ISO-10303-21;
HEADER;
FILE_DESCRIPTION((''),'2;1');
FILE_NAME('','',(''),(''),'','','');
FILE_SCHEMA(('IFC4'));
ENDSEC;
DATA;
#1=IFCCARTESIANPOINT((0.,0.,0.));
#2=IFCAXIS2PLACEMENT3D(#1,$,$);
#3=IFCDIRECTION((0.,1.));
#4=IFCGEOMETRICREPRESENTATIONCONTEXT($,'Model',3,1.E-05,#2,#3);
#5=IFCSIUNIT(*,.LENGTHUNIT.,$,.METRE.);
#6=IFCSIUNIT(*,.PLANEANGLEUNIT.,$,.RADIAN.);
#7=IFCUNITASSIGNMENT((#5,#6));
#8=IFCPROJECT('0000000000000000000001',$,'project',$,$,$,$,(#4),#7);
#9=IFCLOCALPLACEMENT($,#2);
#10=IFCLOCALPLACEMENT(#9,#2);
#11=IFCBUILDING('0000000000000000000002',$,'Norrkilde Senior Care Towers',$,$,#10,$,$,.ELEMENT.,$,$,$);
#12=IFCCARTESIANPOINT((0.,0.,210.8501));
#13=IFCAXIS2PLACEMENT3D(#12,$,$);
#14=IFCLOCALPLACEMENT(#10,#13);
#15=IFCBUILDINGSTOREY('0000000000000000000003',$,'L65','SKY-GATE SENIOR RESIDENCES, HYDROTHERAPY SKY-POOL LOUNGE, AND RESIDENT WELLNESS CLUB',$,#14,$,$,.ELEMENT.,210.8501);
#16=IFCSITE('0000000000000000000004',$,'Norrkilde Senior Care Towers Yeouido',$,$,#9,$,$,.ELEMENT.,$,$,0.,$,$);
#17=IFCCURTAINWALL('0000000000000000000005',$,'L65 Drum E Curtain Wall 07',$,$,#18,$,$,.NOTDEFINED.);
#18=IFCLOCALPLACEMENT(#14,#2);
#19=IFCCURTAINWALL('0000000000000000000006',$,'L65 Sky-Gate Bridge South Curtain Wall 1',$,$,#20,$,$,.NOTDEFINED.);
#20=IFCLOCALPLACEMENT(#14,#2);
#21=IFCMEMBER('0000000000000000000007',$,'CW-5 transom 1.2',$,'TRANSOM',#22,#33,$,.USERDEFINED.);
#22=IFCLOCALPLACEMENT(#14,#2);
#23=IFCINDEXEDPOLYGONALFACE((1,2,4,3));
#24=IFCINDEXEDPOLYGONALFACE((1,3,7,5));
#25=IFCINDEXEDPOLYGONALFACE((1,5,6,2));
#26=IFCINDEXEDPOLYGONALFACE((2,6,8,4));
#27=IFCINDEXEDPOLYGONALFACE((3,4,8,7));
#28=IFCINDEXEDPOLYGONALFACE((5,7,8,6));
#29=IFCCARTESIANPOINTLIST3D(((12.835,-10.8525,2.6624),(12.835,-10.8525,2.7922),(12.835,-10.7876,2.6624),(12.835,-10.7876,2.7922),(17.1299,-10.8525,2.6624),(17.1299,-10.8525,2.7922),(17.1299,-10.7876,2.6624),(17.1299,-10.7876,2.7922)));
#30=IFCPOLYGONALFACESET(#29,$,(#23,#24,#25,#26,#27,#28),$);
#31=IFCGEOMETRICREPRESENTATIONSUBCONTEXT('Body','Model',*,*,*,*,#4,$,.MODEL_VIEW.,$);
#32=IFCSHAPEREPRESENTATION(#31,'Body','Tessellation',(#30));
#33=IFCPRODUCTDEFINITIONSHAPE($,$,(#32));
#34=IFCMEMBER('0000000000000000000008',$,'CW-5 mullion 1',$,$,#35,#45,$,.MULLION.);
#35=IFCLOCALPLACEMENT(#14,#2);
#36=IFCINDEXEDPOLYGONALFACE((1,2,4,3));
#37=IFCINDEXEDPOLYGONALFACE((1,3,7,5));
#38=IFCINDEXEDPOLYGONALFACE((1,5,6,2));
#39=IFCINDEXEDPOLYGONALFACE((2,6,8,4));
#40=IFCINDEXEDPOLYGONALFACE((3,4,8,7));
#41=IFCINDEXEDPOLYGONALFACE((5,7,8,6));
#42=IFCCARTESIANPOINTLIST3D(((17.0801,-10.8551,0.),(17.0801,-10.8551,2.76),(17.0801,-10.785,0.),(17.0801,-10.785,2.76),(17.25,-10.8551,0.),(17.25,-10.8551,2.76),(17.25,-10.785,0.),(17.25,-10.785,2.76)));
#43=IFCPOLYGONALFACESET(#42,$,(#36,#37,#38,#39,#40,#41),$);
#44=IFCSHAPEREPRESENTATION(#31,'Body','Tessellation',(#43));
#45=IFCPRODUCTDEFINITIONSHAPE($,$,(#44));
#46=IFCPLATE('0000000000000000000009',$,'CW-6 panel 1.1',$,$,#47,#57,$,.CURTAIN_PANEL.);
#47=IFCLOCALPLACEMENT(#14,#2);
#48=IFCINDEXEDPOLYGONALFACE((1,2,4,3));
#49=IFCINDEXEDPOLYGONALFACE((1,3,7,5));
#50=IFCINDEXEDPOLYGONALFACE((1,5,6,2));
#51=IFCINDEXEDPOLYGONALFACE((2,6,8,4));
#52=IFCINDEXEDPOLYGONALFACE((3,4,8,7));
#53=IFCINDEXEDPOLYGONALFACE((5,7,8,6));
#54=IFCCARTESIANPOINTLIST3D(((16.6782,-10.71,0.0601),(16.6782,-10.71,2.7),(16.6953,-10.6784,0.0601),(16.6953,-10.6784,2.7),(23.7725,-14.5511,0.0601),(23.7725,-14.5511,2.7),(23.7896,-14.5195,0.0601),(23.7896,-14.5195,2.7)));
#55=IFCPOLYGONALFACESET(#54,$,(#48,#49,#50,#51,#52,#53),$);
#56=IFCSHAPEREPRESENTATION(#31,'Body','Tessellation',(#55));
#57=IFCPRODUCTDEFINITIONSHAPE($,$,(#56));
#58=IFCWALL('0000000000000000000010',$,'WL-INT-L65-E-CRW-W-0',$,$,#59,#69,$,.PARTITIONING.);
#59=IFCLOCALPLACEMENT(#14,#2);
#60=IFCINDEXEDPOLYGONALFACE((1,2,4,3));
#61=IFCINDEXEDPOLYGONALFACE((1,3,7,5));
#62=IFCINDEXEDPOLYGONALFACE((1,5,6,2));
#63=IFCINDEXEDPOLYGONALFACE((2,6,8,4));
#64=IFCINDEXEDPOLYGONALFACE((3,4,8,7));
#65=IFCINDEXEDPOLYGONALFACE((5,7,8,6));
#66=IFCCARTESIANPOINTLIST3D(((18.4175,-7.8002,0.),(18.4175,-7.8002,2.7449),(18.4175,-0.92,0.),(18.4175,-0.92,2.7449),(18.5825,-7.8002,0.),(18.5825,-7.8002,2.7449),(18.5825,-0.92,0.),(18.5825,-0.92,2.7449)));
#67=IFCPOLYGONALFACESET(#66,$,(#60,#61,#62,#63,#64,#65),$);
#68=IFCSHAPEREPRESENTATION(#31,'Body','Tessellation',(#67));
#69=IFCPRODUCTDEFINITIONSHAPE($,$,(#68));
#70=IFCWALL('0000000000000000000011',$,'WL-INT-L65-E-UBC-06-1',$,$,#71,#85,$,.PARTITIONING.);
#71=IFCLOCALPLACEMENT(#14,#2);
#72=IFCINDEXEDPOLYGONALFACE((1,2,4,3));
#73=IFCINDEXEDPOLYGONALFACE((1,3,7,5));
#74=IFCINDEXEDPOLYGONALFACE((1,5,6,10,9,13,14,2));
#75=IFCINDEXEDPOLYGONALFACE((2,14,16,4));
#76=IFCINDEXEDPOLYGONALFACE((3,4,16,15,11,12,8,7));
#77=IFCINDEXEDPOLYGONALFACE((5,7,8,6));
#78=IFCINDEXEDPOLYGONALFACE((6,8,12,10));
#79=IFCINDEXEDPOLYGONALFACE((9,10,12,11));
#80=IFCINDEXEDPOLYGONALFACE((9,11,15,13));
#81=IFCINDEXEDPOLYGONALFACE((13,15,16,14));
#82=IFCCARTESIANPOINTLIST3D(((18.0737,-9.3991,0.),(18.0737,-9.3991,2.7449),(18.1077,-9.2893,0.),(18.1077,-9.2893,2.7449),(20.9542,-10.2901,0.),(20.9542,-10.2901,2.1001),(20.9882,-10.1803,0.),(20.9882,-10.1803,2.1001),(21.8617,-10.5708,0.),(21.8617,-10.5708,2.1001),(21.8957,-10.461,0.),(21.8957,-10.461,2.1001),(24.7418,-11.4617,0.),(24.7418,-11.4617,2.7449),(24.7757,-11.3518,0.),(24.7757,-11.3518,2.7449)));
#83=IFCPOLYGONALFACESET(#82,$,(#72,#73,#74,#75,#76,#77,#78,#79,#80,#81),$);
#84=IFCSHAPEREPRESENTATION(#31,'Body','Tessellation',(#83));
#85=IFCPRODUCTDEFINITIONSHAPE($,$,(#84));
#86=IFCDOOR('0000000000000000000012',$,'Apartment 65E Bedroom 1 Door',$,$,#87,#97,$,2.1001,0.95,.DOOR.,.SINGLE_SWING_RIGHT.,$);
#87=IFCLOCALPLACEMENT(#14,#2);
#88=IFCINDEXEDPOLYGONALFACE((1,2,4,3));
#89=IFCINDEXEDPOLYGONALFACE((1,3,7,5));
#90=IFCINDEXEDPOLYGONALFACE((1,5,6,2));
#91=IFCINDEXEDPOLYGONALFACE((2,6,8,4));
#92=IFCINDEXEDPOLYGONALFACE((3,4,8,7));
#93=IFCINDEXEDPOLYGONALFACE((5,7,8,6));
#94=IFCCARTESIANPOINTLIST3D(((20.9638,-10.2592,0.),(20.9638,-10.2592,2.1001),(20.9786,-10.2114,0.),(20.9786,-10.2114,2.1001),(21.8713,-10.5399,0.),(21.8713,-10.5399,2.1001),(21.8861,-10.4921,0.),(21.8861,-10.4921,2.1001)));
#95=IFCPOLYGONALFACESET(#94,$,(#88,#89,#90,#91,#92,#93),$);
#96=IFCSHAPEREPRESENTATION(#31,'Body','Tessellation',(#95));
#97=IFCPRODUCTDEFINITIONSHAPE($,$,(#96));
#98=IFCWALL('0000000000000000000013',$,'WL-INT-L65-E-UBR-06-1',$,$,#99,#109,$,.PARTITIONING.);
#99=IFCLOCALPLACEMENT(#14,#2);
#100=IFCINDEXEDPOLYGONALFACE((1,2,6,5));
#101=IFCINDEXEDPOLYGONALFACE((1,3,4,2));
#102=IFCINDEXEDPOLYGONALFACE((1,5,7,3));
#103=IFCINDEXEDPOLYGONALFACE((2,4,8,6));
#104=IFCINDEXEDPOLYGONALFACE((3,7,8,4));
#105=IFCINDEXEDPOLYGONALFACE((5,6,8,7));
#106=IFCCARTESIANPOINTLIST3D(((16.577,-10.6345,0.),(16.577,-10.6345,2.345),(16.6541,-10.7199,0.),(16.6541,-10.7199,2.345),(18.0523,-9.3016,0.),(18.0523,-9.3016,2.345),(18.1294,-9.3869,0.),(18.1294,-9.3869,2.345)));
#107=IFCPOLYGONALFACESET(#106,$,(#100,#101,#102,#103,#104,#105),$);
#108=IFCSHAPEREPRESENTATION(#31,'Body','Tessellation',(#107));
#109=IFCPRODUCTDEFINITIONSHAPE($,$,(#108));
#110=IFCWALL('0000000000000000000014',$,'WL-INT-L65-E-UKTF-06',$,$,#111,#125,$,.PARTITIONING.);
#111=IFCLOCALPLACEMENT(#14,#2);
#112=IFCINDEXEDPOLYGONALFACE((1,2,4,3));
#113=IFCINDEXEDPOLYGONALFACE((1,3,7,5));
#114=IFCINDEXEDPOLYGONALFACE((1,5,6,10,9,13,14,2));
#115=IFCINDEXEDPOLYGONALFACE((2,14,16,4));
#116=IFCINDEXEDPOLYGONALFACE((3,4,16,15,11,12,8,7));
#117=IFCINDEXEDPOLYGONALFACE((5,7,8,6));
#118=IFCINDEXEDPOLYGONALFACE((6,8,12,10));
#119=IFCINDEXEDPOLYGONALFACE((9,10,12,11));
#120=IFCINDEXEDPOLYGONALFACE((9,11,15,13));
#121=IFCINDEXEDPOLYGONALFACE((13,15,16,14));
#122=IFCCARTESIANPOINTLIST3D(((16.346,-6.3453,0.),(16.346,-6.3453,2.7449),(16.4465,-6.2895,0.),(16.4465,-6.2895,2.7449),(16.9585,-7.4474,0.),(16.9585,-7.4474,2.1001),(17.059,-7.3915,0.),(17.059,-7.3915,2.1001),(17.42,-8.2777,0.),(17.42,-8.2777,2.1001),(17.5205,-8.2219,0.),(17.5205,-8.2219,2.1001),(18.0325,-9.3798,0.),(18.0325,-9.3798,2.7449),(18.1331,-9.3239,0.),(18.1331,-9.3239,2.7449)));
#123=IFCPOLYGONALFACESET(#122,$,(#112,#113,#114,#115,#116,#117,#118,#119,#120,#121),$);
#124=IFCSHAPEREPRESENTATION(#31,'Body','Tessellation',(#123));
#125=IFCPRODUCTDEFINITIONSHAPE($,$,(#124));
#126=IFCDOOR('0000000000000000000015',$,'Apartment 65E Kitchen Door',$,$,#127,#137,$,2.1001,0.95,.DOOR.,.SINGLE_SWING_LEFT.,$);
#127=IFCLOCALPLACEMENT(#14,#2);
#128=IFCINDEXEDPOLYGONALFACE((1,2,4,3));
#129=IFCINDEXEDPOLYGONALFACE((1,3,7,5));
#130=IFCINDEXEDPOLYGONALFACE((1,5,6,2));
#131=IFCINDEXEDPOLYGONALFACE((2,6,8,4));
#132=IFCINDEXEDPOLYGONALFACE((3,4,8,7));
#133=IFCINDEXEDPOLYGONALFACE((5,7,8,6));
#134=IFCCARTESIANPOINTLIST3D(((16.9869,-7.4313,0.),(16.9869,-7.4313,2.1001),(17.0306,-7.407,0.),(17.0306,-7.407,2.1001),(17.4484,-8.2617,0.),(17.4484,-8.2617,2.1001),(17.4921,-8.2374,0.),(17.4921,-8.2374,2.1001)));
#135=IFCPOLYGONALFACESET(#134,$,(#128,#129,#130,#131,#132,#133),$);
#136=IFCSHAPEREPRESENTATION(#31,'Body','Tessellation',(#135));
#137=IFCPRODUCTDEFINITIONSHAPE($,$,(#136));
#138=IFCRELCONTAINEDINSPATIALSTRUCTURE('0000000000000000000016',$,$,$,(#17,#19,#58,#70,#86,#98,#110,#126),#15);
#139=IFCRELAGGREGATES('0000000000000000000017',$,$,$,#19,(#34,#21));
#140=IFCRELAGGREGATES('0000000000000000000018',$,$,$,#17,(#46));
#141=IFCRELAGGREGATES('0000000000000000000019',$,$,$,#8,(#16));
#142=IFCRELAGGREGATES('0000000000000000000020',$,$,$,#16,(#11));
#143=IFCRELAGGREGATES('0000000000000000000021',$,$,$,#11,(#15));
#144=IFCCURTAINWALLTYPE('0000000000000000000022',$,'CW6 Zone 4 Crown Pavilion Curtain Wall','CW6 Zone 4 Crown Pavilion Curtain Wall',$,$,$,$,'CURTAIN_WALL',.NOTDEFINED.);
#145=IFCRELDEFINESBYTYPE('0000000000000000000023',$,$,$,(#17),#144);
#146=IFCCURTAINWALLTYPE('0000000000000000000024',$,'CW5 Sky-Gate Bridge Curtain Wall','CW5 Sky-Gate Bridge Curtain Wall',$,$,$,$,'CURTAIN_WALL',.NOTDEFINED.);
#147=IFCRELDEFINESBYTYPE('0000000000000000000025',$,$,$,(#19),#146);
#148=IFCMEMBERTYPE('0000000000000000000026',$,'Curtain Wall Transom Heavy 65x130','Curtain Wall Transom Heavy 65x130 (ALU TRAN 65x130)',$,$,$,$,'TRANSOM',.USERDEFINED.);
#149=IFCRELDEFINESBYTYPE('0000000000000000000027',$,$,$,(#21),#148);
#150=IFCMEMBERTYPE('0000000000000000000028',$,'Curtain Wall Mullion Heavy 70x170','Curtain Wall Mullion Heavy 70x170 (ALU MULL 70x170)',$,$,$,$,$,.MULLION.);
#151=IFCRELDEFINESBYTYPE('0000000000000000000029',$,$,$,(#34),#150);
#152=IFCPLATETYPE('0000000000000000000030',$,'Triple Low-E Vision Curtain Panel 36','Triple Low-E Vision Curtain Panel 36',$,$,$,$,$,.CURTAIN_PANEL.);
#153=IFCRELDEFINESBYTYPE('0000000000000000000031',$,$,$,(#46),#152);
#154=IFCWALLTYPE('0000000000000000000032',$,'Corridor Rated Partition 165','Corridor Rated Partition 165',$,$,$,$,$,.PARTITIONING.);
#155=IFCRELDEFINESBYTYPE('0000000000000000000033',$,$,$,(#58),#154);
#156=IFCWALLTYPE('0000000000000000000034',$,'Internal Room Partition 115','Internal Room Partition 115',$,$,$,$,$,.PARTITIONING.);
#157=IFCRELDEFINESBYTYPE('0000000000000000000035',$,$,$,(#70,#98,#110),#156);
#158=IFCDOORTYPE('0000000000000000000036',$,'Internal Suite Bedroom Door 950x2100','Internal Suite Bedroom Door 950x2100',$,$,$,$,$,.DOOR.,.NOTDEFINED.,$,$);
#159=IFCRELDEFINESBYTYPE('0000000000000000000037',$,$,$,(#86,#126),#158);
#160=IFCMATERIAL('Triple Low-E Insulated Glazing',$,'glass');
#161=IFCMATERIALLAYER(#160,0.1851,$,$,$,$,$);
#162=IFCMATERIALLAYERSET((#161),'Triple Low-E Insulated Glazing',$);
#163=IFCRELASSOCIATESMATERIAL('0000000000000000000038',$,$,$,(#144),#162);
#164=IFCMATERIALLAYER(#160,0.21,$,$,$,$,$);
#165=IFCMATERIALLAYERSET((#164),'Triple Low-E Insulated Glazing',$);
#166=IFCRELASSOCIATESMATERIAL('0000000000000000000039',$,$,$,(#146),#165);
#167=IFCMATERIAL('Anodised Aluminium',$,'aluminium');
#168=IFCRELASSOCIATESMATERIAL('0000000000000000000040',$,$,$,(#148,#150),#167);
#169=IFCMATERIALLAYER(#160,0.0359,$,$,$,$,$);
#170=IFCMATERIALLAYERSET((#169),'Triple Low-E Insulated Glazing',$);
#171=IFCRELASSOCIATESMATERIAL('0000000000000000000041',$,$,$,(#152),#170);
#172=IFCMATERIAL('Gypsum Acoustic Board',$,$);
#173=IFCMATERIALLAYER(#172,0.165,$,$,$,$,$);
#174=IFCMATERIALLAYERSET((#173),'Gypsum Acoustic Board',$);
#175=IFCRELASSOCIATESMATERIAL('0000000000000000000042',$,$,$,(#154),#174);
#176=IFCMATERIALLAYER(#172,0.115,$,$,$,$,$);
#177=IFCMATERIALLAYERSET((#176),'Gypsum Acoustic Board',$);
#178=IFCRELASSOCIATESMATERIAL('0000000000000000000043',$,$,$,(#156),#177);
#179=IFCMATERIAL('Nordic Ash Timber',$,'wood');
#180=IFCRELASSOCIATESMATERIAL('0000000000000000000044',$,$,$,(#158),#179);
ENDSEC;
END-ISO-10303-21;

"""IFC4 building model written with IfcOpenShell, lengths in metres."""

from ifc_helpers import new_model, si_unit, direction, frame, frame_2d, origin, origin_2d, place, context, subcontext, project, spatial, rectangle, extrude, source, transform, mapped, material, layer, layer_set, material_profile, profile_set, type_object, type_shapes, element, fill, aggregate, save


model = new_model("IFC4")

# Units and contexts
model_context = context("Model", 3, precision=1e-05, world=origin(), true_north=direction((0.0, 1.0)))
body_context = subcontext(model_context, "Body", "Model", "MODEL_VIEW")
ifc_project = project(units=[si_unit("LENGTHUNIT", "METRE"), si_unit("PLANEANGLEUNIT", "RADIAN")], contexts=[model_context])

# Site, building, storey
site_placement = place(None, origin())
site = spatial("IfcSite", under=ifc_project, at=site_placement, Name="Norrkilde Senior Care Towers Yeouido", CompositionType="ELEMENT", RefElevation=0.0)
building_placement = place(site_placement, origin())
building = spatial("IfcBuilding", under=site, at=building_placement, Name="Norrkilde Senior Care Towers", CompositionType="ELEMENT")
storey_placement = place(building_placement, frame((0.0, 0.0, 210.8501)))
storey = spatial("IfcBuildingStorey", under=building, at=storey_placement, Name="L65", Description="SKY-GATE SENIOR RESIDENCES, HYDROTHERAPY SKY-POOL LOUNGE, AND RESIDENT WELLNESS CLUB", CompositionType="ELEMENT", Elevation=210.8501)

# Curtain walls, members
ifc_material_1 = material(Name="Triple Low-E Insulated Glazing", Category="glass")
ifc_layer_1 = layer(ifc_material_1, 0.1851)
ifc_layer_set_1 = layer_set([ifc_layer_1], Name="Triple Low-E Insulated Glazing")
curtain_wall_type_1 = type_object("IfcCurtainWallType", Name="CW6 Zone 4 Crown Pavilion Curtain Wall", Description="CW6 Zone 4 Crown Pavilion Curtain Wall", ElementType="CURTAIN_WALL", PredefinedType="NOTDEFINED", material=ifc_layer_set_1)
curtain_wall_1_placement = place(storey_placement, origin())
curtain_wall_1 = element("IfcCurtainWall", 1, at=curtain_wall_1_placement, inside=storey, type_object=curtain_wall_type_1, Name="L65 Drum E Curtain Wall 07", PredefinedType="NOTDEFINED")
ifc_material_2 = material(Name="Anodised Aluminium", Category="aluminium")
ifc_layer_2 = layer(ifc_material_1, 0.21)
ifc_layer_set_2 = layer_set([ifc_layer_2], Name="Triple Low-E Insulated Glazing")
curtain_wall_type_2 = type_object("IfcCurtainWallType", Name="CW5 Sky-Gate Bridge Curtain Wall", Description="CW5 Sky-Gate Bridge Curtain Wall", ElementType="CURTAIN_WALL", PredefinedType="NOTDEFINED", material=ifc_layer_set_2)
curtain_wall_2_placement = place(storey_placement, origin())
curtain_wall_2 = element("IfcCurtainWall", 2, at=curtain_wall_2_placement, inside=storey, type_object=curtain_wall_type_2, Name="L65 Sky-Gate Bridge South Curtain Wall 1", PredefinedType="NOTDEFINED")
ifc_material_profile_1 = material_profile(ifc_material_2, rectangle(XDim=0.0649, YDim=0.1299, at=origin_2d()), Name="ALU TRAN 65x130")
ifc_profile_set_1 = profile_set([ifc_material_profile_1], Name="Anodised Aluminium")
member_type_1 = type_object("IfcMemberType", Name="Curtain Wall Transom Heavy 65x130", Description="Curtain Wall Transom Heavy 65x130 (ALU TRAN 65x130)", ElementType="TRANSOM", PredefinedType="USERDEFINED", material=ifc_profile_set_1)
shared_shape_1 = source(origin(), body_context, "Body", "SweptSolid", [
    extrude(rectangle(XDim=0.0649, YDim=0.1299, at=origin_2d()), origin(), (0.0, 0.0, 1.0), 4.2949),
])
type_shapes(member_type_1, [shared_shape_1])
member_1_placement = place(storey_placement, frame((17.1299, -10.8201, 2.7273), z_axis=(-1.0, 0.0, 0.0), x_axis=(0.0, -1.0, 0.0)))
member_1 = element("IfcMember", 3, at=member_1_placement, type_object=member_type_1, Name="CW-5 transom 1.2", ObjectType="TRANSOM", PredefinedType="USERDEFINED", context=body_context, shape_type="MappedRepresentation", body=[
    mapped(shared_shape_1, transform((0.0, 0.0, 0.0), x_axis=(1.0, 0.0, 0.0), y_axis=(0.0, 1.0, 0.0), z_axis=(0.0, 0.0, 1.0), scale=1.0)),
])
ifc_material_profile_2 = material_profile(ifc_material_2, rectangle(XDim=0.0701, YDim=0.1699, at=origin_2d()), Name="ALU MULL 70x170")
ifc_profile_set_2 = profile_set([ifc_material_profile_2], Name="Anodised Aluminium")
member_type_2 = type_object("IfcMemberType", Name="Curtain Wall Mullion Heavy 70x170", Description="Curtain Wall Mullion Heavy 70x170 (ALU MULL 70x170)", PredefinedType="MULLION", material=ifc_profile_set_2)
shared_shape_2 = source(origin(), body_context, "Body", "SweptSolid", [
    extrude(rectangle(XDim=0.0701, YDim=0.1699, at=origin_2d()), origin(), (0.0, 0.0, 1.0), 2.76),
])
type_shapes(member_type_2, [shared_shape_2])
member_2_placement = place(storey_placement, frame((17.165, -10.8201, 0.0), z_axis=(0.0, 0.0, 1.0), x_axis=(0.0, -1.0, 0.0)))
member_2 = element("IfcMember", 4, at=member_2_placement, type_object=member_type_2, Name="CW-5 mullion 1", PredefinedType="MULLION", context=body_context, shape_type="MappedRepresentation", body=[
    mapped(shared_shape_2, transform((0.0, 0.0, 0.0), x_axis=(1.0, 0.0, 0.0), y_axis=(0.0, 1.0, 0.0), z_axis=(0.0, 0.0, 1.0), scale=1.0)),
])
aggregate(curtain_wall_2, [member_2, member_1])

# Plate
ifc_layer_3 = layer(ifc_material_1, 0.0359)
ifc_layer_set_3 = layer_set([ifc_layer_3], Name="Triple Low-E Insulated Glazing")
plate_type = type_object("IfcPlateType", Name="Triple Low-E Vision Curtain Panel 36", Description="Triple Low-E Vision Curtain Panel 36", PredefinedType="CURTAIN_PANEL", material=ifc_layer_set_3)
shared_shape_3 = source(origin(), body_context, "Body", "SweptSolid", [
    extrude(rectangle(XDim=8.0674, YDim=0.0359, at=origin_2d()), origin(), (0.0, 0.0, 1.0), 2.6399),
])
type_shapes(plate_type, [shared_shape_3])
plate_placement = place(storey_placement, frame((20.2339, -12.6147, 0.0601), z_axis=(0.0, 0.0, 1.0), x_axis=(-0.879373, 0.476133, 0.0)))
plate = element("IfcPlate", 5, at=plate_placement, type_object=plate_type, Name="CW-6 panel 1.1", PredefinedType="CURTAIN_PANEL", context=body_context, shape_type="MappedRepresentation", body=[
    mapped(shared_shape_3, transform((0.0, 0.0, 0.0), x_axis=(1.0, 0.0, 0.0), y_axis=(0.0, 1.0, 0.0), z_axis=(0.0, 0.0, 1.0), scale=1.0)),
])
aggregate(curtain_wall_1, [plate])

# Wall
ifc_material_3 = material(Name="Gypsum Acoustic Board")
ifc_layer_4 = layer(ifc_material_3, 0.165)
ifc_layer_set_4 = layer_set([ifc_layer_4], Name="Gypsum Acoustic Board")
wall_type_1 = type_object("IfcWallType", Name="Corridor Rated Partition 165", Description="Corridor Rated Partition 165", PredefinedType="PARTITIONING", material=ifc_layer_set_4)
shared_shape_4 = source(origin(), body_context, "Body", "SweptSolid", [
    extrude(rectangle(XDim=6.8801, YDim=0.165, at=frame_2d((3.4399, 0.0))), origin(), (0.0, 0.0, 1.0), 2.7449),
])
type_shapes(wall_type_1, [shared_shape_4])
wall_1_placement = place(storey_placement, frame((18.5, -7.8, 0.0), z_axis=(0.0, 0.0, 1.0), x_axis=(0.0, 1.0, 0.0)))
element("IfcWall", 6, at=wall_1_placement, inside=storey, type_object=wall_type_1, Name="WL-INT-L65-E-CRW-W-0", PredefinedType="PARTITIONING", context=body_context, shape_type="MappedRepresentation", body=[
    mapped(shared_shape_4, transform((0.0, 0.0, 0.0), x_axis=(1.0, 0.0, 0.0), y_axis=(0.0, 1.0, 0.0), z_axis=(0.0, 0.0, 1.0), scale=1.0)),
])

# Wall, opening, door
ifc_layer_5 = layer(ifc_material_3, 0.115)
ifc_layer_set_5 = layer_set([ifc_layer_5], Name="Gypsum Acoustic Board")
wall_type_2 = type_object("IfcWallType", Name="Internal Room Partition 115", Description="Internal Room Partition 115", PredefinedType="PARTITIONING", material=ifc_layer_set_5)
shared_shape_5 = source(origin(), body_context, "Body", "SweptSolid", [
    extrude(rectangle(XDim=6.9797, YDim=0.115, at=frame_2d((3.4897, 0.0))), origin(), (0.0, 0.0, 1.0), 2.7449),
])
wall_2_placement = place(storey_placement, frame((18.0908, -9.3442, 0.0), z_axis=(0.0, 0.0, 1.0), x_axis=(0.955342, -0.295501, 0.0)))
wall_2 = element("IfcWall", 7, at=wall_2_placement, inside=storey, type_object=wall_type_2, Name="WL-INT-L65-E-UBC-06-1", PredefinedType="PARTITIONING", context=body_context, shape_type="MappedRepresentation", body=[
    mapped(shared_shape_5, transform((0.0, 0.0, 0.0), x_axis=(1.0, 0.0, 0.0), y_axis=(0.0, 1.0, 0.0), z_axis=(0.0, 0.0, 1.0), scale=1.0)),
])
opening_1_placement = place(wall_2_placement, frame((3.0149, 0.0, 0.0)))
opening_1 = element("IfcOpeningElement", 8, at=opening_1_placement, cuts=wall_2, PredefinedType="OPENING", context=body_context, shape_type="SweptSolid", body=[
    extrude(rectangle(XDim=0.95, YDim=2.1001, at=frame_2d((0.4751, 1.05))), frame((0.0, 0.0674, 0.0), z_axis=(0.0, -1.0, 0.0), x_axis=(1.0, 0.0, 0.0)), (0.0, 0.0, 1.0), 0.135),
])
ifc_material_4 = material(Name="Nordic Ash Timber", Category="wood")
door_type = type_object("IfcDoorType", Name="Internal Suite Bedroom Door 950x2100", Description="Internal Suite Bedroom Door 950x2100", OperationType="NOTDEFINED", PredefinedType="DOOR", material=ifc_material_4)
shared_shape_6 = source(origin(), body_context, "Body", "SweptSolid", [
    extrude(rectangle(XDim=0.95, YDim=2.1001, at=frame_2d((0.4751, 1.05))), frame((0.0, 0.0249, 0.0), z_axis=(0.0, -1.0, 0.0), x_axis=(1.0, 0.0, 0.0)), (0.0, 0.0, 1.0), 0.05),
])
type_shapes(door_type, [shared_shape_6])
door_1_placement = place(opening_1_placement, origin())
door_1 = element("IfcDoor", 9, at=door_1_placement, inside=storey, type_object=door_type, Name="Apartment 65E Bedroom 1 Door", OperationType="SINGLE_SWING_RIGHT", OverallHeight=2.1001, OverallWidth=0.95, PredefinedType="DOOR", context=body_context, shape_type="MappedRepresentation", body=[
    mapped(shared_shape_6, transform((0.0, 0.0, 0.0), x_axis=(1.0, 0.0, 0.0), y_axis=(0.0, 1.0, 0.0), z_axis=(0.0, 0.0, 1.0), scale=1.0)),
])
fill(opening_1, door_1)

# Wall
shared_shape_7 = source(origin(), body_context, "Body", "SweptSolid", [
    extrude(rectangle(XDim=1.9883, YDim=0.115, at=frame_2d((0.9941, 0.0))), origin(), (0.0, 0.0, 1.0), 2.345),
])
wall_3_placement = place(storey_placement, frame((18.0908, -9.3442, 0.0), z_axis=(0.0, 0.0, 1.0), x_axis=(-0.741992, -0.670408, 0.0)))
element("IfcWall", 10, at=wall_3_placement, inside=storey, type_object=wall_type_2, Name="WL-INT-L65-E-UBR-06-1", PredefinedType="PARTITIONING", context=body_context, shape_type="MappedRepresentation", body=[
    mapped(shared_shape_7, transform((0.0, 0.0, 0.0), x_axis=(1.0, 0.0, 0.0), y_axis=(0.0, 1.0, 0.0), z_axis=(0.0, 0.0, 1.0), scale=1.0)),
])

# Wall, opening, door
shared_shape_8 = source(origin(), body_context, "Body", "SweptSolid", [
    extrude(rectangle(XDim=3.4717, YDim=0.115, at=frame_2d((1.7358, 0.0))), origin(), (0.0, 0.0, 1.0), 2.7449),
])
type_shapes(wall_type_2, [shared_shape_5, shared_shape_7, shared_shape_8])
wall_4_placement = place(storey_placement, frame((16.3962, -6.3174, 0.0), z_axis=(0.0, 0.0, 1.0), x_axis=(0.485804, -0.874068, 0.0)))
wall_4 = element("IfcWall", 11, at=wall_4_placement, inside=storey, type_object=wall_type_2, Name="WL-INT-L65-E-UKTF-06", PredefinedType="PARTITIONING", context=body_context, shape_type="MappedRepresentation", body=[
    mapped(shared_shape_8, transform((0.0, 0.0, 0.0), x_axis=(1.0, 0.0, 0.0), y_axis=(0.0, 1.0, 0.0), z_axis=(0.0, 0.0, 1.0), scale=1.0)),
])
opening_2_placement = place(wall_4_placement, frame((1.2607, 0.0, 0.0)))
opening_2 = element("IfcOpeningElement", 12, at=opening_2_placement, cuts=wall_4, PredefinedType="OPENING", context=body_context, shape_type="SweptSolid", body=[
    extrude(rectangle(XDim=0.95, YDim=2.1001, at=frame_2d((0.4751, 1.05))), frame((0.0, 0.0674, 0.0), z_axis=(0.0, -1.0, 0.0), x_axis=(1.0, 0.0, 0.0)), (0.0, 0.0, 1.0), 0.135),
])
door_2_placement = place(opening_2_placement, frame((0.95, 0.0, 0.0), z_axis=(0.0, 0.0, 1.0), x_axis=(-1.0, 0.0, 0.0)))
door_2 = element("IfcDoor", 13, at=door_2_placement, inside=storey, type_object=door_type, Name="Apartment 65E Kitchen Door", OperationType="SINGLE_SWING_LEFT", OverallHeight=2.1001, OverallWidth=0.95, PredefinedType="DOOR", context=body_context, shape_type="MappedRepresentation", body=[
    mapped(shared_shape_6, transform((0.0, 0.0, 0.0), x_axis=(1.0, 0.0, 0.0), y_axis=(0.0, 1.0, 0.0), z_axis=(0.0, 0.0, 1.0), scale=1.0)),
])
fill(opening_2, door_2)

save(model, "model.ifc")
